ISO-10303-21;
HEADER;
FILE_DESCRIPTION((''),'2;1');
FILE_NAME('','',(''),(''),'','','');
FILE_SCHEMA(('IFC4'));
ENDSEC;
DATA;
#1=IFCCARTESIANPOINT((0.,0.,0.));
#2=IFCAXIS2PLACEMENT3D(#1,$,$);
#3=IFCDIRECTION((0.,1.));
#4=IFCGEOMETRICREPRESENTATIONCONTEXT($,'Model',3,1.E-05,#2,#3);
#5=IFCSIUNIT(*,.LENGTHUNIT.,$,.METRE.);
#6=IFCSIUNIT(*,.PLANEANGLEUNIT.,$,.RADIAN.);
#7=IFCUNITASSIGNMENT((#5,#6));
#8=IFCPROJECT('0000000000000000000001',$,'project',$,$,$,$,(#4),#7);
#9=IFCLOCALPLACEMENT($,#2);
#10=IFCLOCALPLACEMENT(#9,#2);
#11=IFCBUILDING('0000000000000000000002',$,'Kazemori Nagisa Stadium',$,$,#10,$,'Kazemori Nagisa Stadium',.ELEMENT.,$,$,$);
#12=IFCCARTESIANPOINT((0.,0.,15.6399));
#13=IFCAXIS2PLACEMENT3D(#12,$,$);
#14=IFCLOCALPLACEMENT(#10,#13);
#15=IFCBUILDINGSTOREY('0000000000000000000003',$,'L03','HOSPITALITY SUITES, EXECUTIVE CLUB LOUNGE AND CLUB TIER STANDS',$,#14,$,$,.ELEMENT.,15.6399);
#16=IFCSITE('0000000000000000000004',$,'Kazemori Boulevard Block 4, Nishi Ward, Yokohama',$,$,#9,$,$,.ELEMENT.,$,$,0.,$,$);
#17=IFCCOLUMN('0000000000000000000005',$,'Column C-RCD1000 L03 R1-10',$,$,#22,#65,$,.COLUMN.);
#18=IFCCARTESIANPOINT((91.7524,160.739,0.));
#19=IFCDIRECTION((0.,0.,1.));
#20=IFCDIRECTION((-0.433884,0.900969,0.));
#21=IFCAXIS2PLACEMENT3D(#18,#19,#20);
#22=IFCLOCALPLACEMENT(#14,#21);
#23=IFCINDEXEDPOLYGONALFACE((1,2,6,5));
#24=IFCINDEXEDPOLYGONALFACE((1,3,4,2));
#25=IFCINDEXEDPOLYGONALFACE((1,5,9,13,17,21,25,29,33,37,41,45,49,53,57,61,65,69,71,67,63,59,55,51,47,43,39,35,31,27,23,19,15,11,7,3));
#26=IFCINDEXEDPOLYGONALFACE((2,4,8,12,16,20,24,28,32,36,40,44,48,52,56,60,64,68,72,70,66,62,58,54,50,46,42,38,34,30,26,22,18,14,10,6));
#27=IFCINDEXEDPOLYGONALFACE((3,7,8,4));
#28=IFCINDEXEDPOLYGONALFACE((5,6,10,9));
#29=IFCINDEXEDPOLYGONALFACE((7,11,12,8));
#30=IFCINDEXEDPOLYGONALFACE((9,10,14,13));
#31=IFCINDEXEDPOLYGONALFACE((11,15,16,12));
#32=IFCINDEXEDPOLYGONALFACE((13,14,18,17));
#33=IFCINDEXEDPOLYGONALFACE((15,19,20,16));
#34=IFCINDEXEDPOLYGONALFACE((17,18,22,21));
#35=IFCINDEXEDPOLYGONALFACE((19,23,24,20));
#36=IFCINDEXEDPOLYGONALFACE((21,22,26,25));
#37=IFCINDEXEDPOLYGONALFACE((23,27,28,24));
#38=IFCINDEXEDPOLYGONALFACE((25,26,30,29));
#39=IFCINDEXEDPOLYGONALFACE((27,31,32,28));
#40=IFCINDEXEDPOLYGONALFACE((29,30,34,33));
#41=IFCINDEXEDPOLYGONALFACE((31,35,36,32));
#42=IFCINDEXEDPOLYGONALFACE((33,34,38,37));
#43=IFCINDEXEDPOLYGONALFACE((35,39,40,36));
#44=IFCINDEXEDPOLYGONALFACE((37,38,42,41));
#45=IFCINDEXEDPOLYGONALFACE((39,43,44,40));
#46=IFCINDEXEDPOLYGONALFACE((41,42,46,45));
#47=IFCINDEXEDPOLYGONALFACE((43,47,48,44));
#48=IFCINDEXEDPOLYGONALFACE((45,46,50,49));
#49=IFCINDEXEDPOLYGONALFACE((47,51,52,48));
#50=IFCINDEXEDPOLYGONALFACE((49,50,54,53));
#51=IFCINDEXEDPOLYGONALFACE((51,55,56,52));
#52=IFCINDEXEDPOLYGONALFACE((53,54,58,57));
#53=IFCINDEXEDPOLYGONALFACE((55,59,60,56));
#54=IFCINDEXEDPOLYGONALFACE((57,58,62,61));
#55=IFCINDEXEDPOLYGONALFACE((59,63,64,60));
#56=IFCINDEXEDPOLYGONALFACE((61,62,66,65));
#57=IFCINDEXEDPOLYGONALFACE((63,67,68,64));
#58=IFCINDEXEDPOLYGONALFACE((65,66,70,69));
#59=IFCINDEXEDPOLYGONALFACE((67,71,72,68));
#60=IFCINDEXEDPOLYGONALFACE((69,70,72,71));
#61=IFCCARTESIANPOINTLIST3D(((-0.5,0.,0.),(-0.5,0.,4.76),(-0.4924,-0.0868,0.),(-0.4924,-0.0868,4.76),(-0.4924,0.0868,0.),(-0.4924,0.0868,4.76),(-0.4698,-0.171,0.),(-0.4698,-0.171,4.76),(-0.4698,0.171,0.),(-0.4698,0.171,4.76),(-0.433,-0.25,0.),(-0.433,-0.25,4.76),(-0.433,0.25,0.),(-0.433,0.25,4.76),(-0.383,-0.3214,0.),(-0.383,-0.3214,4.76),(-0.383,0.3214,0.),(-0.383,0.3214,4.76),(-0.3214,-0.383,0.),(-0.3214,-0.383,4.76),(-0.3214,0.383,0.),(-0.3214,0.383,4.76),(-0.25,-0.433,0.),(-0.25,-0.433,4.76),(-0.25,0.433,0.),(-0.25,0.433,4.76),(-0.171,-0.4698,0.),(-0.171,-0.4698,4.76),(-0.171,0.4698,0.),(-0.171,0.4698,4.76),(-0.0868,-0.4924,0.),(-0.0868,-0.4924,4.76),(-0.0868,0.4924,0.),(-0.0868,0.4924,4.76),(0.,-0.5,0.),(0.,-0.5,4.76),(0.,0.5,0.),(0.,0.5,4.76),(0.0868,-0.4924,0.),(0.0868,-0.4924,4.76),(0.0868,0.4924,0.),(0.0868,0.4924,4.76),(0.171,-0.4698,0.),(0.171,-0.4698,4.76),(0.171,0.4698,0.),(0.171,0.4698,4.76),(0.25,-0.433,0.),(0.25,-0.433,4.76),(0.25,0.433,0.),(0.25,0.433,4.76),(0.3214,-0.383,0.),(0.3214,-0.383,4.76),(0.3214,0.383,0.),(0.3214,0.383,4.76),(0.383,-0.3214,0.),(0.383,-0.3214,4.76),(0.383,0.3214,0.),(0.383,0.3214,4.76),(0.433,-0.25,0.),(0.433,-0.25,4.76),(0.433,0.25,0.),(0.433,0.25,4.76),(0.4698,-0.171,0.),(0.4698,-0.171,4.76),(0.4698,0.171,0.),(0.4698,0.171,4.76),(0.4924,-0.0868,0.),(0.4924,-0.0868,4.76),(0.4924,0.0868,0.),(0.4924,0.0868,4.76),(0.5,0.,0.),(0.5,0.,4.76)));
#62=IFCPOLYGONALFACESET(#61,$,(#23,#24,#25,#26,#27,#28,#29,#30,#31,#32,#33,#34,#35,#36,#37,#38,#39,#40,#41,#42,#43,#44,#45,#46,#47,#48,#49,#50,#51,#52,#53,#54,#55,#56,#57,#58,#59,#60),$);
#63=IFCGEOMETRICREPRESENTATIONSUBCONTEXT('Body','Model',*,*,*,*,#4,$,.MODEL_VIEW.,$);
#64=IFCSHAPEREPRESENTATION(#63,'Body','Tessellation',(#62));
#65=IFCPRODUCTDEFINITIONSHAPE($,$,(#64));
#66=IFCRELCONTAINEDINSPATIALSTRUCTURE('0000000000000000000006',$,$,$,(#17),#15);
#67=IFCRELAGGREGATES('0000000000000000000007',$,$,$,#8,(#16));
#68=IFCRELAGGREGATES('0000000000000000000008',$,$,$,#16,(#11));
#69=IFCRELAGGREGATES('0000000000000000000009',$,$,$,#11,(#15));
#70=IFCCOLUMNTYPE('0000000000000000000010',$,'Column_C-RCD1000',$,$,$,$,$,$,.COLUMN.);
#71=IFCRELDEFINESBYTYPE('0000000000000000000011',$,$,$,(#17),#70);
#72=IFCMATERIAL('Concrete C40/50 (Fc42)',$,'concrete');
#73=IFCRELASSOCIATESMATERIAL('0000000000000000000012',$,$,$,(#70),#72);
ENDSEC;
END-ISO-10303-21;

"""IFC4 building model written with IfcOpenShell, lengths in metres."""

from ifc_helpers import new_model, si_unit, direction, frame, origin, origin_2d, place, context, subcontext, project, spatial, circle, extrude, material, material_profile, profile_set, type_object, element, save


model = new_model("IFC4")

# Units and contexts
model_context = context("Model", 3, precision=1e-05, world=origin(), true_north=direction((0.0, 1.0)))
body_context = subcontext(model_context, "Body", "Model", "MODEL_VIEW")
ifc_project = project(units=[si_unit("LENGTHUNIT", "METRE"), si_unit("PLANEANGLEUNIT", "RADIAN")], contexts=[model_context])

# Site, building, storey
site_placement = place(None, origin())
site = spatial("IfcSite", under=ifc_project, at=site_placement, Name="Kazemori Boulevard Block 4, Nishi Ward, Yokohama", CompositionType="ELEMENT", RefElevation=0.0)
building_placement = place(site_placement, origin())
building = spatial("IfcBuilding", under=site, at=building_placement, Name="Kazemori Nagisa Stadium", LongName="Kazemori Nagisa Stadium", CompositionType="ELEMENT")
storey_placement = place(building_placement, frame((0.0, 0.0, 15.6399)))
storey = spatial("IfcBuildingStorey", under=building, at=storey_placement, Name="L03", Description="HOSPITALITY SUITES, EXECUTIVE CLUB LOUNGE AND CLUB TIER STANDS", CompositionType="ELEMENT", Elevation=15.6399)

# Column
ifc_material_1 = material(Name="Concrete C40/50 (Fc42)", Category="concrete")
ifc_material_profile_1 = material_profile(ifc_material_1, circle(Radius=0.5, at=origin_2d()), Name="RC-COL-D1000")
ifc_profile_set_1 = profile_set([ifc_material_profile_1], Name="Concrete C40/50 (Fc42)")
column_type = type_object("IfcColumnType", Name="Column_C-RCD1000", PredefinedType="COLUMN", material=ifc_profile_set_1)
column_placement = place(storey_placement, frame((91.7524, 160.739, 0.0), z_axis=(0.0, 0.0, 1.0), x_axis=(-0.433884, 0.900969, 0.0)))
element("IfcColumn", 1, at=column_placement, inside=storey, type_object=column_type, Name="Column C-RCD1000 L03 R1-10", PredefinedType="COLUMN", context=body_context, shape_type="SweptSolid", body=[
    extrude(circle(Radius=0.5, at=origin_2d()), origin(), (0.0, 0.0, 1.0), 4.76),
])

save(model, "model.ifc")
